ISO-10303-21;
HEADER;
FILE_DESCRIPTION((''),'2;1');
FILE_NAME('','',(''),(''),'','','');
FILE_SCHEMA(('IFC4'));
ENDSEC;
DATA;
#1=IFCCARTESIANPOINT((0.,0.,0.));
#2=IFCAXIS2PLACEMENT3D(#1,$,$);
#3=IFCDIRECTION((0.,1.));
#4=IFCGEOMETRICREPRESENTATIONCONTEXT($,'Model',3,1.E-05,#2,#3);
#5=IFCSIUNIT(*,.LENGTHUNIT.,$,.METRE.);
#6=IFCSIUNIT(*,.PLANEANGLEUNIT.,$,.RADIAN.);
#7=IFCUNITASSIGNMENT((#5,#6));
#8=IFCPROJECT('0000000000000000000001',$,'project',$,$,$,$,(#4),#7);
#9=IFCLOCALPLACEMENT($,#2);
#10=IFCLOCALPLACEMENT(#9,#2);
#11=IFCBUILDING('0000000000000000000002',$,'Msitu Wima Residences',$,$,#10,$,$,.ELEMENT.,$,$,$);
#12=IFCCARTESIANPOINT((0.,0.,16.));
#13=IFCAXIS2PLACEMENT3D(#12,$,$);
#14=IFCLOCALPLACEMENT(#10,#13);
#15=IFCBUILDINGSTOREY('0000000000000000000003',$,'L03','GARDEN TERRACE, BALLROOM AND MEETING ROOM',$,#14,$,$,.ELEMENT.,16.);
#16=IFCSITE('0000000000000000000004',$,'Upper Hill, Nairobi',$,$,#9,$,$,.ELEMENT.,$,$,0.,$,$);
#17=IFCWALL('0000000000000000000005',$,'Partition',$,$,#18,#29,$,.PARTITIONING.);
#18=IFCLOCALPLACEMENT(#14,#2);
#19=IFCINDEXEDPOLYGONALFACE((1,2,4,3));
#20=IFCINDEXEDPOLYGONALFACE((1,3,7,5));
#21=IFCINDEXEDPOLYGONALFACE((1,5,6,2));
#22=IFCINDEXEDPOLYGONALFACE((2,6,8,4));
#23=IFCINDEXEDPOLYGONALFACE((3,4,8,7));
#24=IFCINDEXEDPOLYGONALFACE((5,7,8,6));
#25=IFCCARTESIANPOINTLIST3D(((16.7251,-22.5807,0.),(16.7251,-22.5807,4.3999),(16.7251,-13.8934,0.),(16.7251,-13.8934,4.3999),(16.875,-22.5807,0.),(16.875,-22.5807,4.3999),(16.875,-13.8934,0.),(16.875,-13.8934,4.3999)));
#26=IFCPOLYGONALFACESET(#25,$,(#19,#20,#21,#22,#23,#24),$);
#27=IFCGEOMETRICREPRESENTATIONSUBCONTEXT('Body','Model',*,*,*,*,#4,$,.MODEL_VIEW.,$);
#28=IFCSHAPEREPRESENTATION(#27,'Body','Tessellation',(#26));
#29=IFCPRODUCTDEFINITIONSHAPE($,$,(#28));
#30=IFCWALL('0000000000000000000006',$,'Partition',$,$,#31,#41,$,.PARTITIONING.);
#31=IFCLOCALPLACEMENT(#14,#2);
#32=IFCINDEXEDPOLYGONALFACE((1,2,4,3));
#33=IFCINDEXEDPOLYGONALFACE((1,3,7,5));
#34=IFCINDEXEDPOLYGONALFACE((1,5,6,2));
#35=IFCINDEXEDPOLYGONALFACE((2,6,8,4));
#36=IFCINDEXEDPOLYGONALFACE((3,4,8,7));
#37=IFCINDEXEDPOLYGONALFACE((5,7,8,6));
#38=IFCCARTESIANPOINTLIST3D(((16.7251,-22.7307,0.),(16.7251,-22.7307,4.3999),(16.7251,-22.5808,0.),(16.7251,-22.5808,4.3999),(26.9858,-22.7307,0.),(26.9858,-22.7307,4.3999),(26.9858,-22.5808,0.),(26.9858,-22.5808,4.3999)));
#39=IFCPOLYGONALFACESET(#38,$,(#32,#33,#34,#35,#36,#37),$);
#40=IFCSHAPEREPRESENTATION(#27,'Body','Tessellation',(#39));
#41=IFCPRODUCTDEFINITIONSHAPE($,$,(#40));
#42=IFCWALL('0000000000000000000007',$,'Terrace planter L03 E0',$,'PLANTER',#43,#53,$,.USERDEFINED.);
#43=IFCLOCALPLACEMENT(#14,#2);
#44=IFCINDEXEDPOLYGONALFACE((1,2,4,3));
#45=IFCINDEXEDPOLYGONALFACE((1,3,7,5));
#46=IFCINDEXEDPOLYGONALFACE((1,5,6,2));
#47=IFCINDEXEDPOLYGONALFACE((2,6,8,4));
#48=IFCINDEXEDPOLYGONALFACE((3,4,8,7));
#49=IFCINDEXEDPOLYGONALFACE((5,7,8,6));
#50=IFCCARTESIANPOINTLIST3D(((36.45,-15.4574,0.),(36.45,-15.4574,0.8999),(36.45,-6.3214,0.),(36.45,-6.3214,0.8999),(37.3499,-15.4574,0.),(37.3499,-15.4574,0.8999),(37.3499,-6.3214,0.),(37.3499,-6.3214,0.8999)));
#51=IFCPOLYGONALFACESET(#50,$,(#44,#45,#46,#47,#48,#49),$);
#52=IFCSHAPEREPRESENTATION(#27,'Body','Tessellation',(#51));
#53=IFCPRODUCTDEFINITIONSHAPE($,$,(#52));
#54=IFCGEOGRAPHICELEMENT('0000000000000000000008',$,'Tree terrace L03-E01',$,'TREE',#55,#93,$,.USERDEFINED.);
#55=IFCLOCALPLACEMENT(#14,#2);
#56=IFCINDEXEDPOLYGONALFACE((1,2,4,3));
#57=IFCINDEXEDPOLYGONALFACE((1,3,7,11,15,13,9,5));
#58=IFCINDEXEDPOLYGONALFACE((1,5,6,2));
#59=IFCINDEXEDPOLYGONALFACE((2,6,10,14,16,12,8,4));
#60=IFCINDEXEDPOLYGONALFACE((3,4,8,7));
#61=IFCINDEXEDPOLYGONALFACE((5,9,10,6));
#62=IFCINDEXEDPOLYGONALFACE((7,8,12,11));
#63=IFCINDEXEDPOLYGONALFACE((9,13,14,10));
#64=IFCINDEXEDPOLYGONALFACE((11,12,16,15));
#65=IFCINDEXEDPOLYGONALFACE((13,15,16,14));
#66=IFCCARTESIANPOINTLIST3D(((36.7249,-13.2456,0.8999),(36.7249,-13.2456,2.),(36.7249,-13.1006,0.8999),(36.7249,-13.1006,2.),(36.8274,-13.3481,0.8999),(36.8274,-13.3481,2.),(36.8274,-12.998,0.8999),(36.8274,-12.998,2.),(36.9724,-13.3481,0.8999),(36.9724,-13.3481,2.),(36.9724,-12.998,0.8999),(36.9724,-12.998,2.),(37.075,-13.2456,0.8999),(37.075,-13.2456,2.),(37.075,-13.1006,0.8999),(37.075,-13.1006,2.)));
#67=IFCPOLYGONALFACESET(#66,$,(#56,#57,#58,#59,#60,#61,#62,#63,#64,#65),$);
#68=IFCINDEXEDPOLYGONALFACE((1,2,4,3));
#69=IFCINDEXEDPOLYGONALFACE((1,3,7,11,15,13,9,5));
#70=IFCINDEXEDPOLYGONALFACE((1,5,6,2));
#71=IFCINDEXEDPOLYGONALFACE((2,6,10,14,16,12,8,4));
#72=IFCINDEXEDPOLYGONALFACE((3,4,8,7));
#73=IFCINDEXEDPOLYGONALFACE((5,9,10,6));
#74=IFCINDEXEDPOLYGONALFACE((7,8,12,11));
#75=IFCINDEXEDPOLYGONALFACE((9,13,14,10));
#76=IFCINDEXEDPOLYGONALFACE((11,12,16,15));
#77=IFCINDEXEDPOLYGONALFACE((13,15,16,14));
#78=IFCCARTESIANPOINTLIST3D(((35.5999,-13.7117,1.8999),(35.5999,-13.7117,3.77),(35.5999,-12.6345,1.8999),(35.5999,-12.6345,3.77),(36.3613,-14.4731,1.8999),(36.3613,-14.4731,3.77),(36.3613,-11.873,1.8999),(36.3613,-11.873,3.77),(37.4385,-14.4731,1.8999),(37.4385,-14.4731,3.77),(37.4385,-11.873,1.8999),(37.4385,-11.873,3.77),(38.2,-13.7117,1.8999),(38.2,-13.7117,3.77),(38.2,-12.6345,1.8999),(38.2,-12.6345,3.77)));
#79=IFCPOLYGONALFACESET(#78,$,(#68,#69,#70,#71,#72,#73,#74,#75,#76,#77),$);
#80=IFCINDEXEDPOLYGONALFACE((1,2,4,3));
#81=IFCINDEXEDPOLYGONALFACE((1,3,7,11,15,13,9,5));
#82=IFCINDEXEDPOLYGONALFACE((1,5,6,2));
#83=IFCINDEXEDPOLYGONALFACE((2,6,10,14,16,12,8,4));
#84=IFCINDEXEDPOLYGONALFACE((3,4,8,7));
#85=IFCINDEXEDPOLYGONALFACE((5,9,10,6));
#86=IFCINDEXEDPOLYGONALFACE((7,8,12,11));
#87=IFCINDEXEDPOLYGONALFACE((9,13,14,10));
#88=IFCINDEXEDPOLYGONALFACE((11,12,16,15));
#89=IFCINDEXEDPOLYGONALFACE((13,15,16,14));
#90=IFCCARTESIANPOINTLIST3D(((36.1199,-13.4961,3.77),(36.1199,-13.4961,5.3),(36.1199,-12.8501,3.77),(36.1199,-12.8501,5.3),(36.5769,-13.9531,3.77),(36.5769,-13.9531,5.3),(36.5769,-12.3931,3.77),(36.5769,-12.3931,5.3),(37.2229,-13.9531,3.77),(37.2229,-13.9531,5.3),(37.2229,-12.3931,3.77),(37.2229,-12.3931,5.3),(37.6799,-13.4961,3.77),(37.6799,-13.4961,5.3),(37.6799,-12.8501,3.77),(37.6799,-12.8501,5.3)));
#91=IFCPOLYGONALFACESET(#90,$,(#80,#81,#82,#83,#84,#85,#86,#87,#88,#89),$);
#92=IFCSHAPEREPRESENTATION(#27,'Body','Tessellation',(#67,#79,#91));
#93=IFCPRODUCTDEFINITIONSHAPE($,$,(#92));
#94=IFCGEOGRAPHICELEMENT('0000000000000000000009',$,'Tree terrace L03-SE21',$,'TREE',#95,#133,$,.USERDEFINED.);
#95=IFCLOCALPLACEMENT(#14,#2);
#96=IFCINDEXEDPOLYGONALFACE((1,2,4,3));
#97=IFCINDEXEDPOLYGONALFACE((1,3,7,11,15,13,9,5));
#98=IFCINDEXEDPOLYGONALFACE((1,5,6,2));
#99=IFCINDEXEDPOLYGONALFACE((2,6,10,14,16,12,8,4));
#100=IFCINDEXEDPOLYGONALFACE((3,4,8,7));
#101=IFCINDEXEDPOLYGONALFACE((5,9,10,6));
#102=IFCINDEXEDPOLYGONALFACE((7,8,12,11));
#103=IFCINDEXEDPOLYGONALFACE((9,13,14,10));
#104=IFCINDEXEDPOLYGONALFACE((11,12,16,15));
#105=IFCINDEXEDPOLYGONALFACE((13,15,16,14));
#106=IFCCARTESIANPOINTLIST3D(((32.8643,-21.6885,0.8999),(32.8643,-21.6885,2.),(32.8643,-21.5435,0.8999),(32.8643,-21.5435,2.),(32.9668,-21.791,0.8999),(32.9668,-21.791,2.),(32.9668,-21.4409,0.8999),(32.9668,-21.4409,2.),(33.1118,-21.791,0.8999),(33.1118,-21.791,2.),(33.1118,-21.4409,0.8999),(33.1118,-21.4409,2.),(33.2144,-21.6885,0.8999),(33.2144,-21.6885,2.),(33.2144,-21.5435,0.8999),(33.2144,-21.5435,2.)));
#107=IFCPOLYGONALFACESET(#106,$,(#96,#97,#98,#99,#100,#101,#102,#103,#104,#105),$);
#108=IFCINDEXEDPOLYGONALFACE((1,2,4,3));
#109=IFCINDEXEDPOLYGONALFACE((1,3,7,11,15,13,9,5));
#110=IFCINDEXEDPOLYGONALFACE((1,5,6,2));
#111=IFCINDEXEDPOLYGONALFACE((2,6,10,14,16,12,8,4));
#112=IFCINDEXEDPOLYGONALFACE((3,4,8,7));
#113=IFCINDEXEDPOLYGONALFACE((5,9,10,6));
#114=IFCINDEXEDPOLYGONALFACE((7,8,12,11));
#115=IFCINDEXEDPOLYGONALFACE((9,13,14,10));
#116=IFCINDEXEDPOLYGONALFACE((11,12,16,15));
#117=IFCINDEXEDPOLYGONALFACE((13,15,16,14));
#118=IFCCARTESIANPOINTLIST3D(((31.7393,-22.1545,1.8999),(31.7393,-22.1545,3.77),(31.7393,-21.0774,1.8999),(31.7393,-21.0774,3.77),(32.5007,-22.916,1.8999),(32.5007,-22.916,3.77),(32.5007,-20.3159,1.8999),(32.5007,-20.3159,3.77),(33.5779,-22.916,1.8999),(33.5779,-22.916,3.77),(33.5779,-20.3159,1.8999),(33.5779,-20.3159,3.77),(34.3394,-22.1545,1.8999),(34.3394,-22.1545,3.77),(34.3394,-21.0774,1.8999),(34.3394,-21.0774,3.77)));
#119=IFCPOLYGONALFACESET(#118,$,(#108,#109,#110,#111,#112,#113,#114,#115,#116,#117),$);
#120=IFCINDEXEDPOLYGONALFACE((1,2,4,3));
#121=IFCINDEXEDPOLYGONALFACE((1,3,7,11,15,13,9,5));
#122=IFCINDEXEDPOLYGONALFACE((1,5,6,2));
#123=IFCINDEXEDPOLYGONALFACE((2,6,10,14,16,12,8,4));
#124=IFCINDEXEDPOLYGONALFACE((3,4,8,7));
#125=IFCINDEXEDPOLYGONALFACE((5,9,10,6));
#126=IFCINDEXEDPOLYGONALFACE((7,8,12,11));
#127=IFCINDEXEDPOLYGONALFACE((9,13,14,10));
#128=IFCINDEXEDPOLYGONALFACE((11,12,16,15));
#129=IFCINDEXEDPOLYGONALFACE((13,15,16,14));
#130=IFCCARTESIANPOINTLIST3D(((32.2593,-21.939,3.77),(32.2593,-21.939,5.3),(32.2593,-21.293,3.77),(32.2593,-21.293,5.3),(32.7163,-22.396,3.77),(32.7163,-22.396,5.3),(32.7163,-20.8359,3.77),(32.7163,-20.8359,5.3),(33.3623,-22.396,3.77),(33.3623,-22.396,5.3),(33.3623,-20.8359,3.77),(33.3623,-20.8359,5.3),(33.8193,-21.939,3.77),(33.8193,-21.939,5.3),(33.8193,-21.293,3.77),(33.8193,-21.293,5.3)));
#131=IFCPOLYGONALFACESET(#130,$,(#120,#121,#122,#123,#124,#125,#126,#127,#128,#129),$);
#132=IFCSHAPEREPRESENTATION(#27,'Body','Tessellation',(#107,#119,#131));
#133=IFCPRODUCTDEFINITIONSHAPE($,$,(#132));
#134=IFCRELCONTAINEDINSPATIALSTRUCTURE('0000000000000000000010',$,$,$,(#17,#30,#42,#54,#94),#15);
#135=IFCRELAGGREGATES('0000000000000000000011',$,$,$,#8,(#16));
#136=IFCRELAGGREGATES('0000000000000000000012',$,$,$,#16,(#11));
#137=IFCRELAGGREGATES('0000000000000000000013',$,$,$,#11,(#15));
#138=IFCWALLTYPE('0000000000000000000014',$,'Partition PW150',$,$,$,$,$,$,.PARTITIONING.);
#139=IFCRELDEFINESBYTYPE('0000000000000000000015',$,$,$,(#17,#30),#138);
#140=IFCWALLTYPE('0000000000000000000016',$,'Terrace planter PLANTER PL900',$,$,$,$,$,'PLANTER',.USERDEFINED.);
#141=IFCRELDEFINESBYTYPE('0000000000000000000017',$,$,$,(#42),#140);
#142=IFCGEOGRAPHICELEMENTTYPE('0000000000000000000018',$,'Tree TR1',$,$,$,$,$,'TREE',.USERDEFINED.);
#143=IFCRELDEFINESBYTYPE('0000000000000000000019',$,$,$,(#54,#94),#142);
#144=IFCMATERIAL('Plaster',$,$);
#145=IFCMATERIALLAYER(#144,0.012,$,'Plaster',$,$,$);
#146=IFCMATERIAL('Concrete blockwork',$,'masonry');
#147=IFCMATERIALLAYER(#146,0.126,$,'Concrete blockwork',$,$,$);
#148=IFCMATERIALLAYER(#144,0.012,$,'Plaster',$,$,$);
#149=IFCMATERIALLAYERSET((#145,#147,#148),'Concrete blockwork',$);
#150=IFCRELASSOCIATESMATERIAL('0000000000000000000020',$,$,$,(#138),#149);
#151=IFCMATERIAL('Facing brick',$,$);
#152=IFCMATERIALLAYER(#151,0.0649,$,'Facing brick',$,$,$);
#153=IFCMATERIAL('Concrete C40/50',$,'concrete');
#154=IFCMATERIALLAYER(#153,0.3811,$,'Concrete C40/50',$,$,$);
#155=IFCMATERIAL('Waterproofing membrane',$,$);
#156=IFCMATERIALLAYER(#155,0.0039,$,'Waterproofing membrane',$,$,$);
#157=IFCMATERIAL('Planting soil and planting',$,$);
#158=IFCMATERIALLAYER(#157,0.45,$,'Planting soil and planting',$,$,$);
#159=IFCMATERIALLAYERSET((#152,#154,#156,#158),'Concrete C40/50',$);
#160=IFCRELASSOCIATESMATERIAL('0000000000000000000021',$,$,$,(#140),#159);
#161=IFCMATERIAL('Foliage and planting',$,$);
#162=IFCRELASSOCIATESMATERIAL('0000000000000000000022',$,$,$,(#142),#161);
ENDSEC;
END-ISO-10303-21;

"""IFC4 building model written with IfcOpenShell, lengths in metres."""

from ifc_helpers import new_model, si_unit, direction, frame, frame_2d, origin, place, context, subcontext, project, spatial, polyline, rectangle, outline, extrude, material, layer, layer_set, type_object, element, save


model = new_model("IFC4")

# Units and contexts
model_context = context("Model", 3, precision=1e-05, world=origin(), true_north=direction((0.0, 1.0)))
body_context = subcontext(model_context, "Body", "Model", "MODEL_VIEW")
ifc_project = project(units=[si_unit("LENGTHUNIT", "METRE"), si_unit("PLANEANGLEUNIT", "RADIAN")], contexts=[model_context])

# Site, building, storey
site_placement = place(None, origin())
site = spatial("IfcSite", under=ifc_project, at=site_placement, Name="Upper Hill, Nairobi", CompositionType="ELEMENT", RefElevation=0.0)
building_placement = place(site_placement, origin())
building = spatial("IfcBuilding", under=site, at=building_placement, Name="Msitu Wima Residences", CompositionType="ELEMENT")
storey_placement = place(building_placement, frame((0.0, 0.0, 16.0)))
storey = spatial("IfcBuildingStorey", under=building, at=storey_placement, Name="L03", Description="GARDEN TERRACE, BALLROOM AND MEETING ROOM", CompositionType="ELEMENT", Elevation=16.0)

# Walls
ifc_material_1 = material(Name="Plaster")
ifc_material_2 = material(Name="Concrete blockwork", Category="masonry")
ifc_layer_1 = layer(ifc_material_1, 0.012, Name="Plaster")
ifc_layer_2 = layer(ifc_material_2, 0.126, Name="Concrete blockwork")
ifc_layer_3 = layer(ifc_material_1, 0.012, Name="Plaster")
ifc_layer_set_1 = layer_set([ifc_layer_1, ifc_layer_2, ifc_layer_3], Name="Concrete blockwork")
wall_type_1 = type_object("IfcWallType", Name="Partition PW150", PredefinedType="PARTITIONING", material=ifc_layer_set_1)
wall_1_placement = place(storey_placement, frame((16.8, -22.5808, 0.0), z_axis=(0.0, 0.0, 1.0), x_axis=(0.0, 1.0, 0.0)))
element("IfcWall", 1, at=wall_1_placement, inside=storey, type_object=wall_type_1, Name="Partition", PredefinedType="PARTITIONING", context=body_context, shape_type="SweptSolid", body=[
    extrude(rectangle(XDim=8.6873, YDim=0.1499, at=frame_2d((4.3438, 0.0))), origin(), (0.0, 0.0, 1.0), 4.3999),
])
wall_2_placement = place(storey_placement, frame((16.7251, -22.6558, 0.0), z_axis=(0.0, 0.0, 1.0), x_axis=(1.0, 0.0, 0.0)))
element("IfcWall", 2, at=wall_2_placement, inside=storey, type_object=wall_type_1, Name="Partition", PredefinedType="PARTITIONING", context=body_context, shape_type="SweptSolid", body=[
    extrude(rectangle(XDim=10.2607, YDim=0.1499, at=frame_2d((5.1304, 0.0))), origin(), (0.0, 0.0, 1.0), 4.3999),
])
ifc_material_3 = material(Name="Facing brick")
ifc_layer_4 = layer(ifc_material_3, 0.0649, Name="Facing brick")
ifc_material_4 = material(Name="Concrete C40/50", Category="concrete")
ifc_layer_5 = layer(ifc_material_4, 0.3811, Name="Concrete C40/50")
ifc_material_5 = material(Name="Waterproofing membrane")
ifc_layer_6 = layer(ifc_material_5, 0.0039, Name="Waterproofing membrane")
ifc_material_6 = material(Name="Planting soil and planting")
ifc_layer_7 = layer(ifc_material_6, 0.45, Name="Planting soil and planting")
ifc_layer_set_2 = layer_set([ifc_layer_4, ifc_layer_5, ifc_layer_6, ifc_layer_7], Name="Concrete C40/50")
wall_type_2 = type_object("IfcWallType", Name="Terrace planter PLANTER PL900", ElementType="PLANTER", PredefinedType="USERDEFINED", material=ifc_layer_set_2)
wall_3_placement = place(storey_placement, frame((36.8999, -15.4573, 0.0), z_axis=(0.0, 0.0, 1.0), x_axis=(0.0, 1.0, 0.0)))
element("IfcWall", 3, at=wall_3_placement, inside=storey, type_object=wall_type_2, Name="Terrace planter L03 E0", ObjectType="PLANTER", PredefinedType="USERDEFINED", context=body_context, shape_type="SweptSolid", body=[
    extrude(rectangle(XDim=9.136, YDim=0.8999, at=frame_2d((4.5679, 0.0))), origin(), (0.0, 0.0, 1.0), 0.8999),
])

# Geographic elements
ifc_material_7 = material(Name="Foliage and planting")
geographic_element_type = type_object("IfcGeographicElementType", Name="Tree TR1", ElementType="TREE", PredefinedType="USERDEFINED", material=ifc_material_7)
for number, where, z_axis, x_axis, name in (
    (4, (36.8999, -13.1731, 0.8999), (0.0, 0.0, 1.0), (1.0, 0.0, 0.0), "Tree terrace L03-E01"),
    (5, (33.0393, -21.616, 0.8999), (0.0, 0.0, 1.0), (1.0, 0.0, 0.0), "Tree terrace L03-SE21"),
):
    element("IfcGeographicElement", number, at=place(storey_placement, frame(where, z_axis=z_axis, x_axis=x_axis)), inside=storey, type_object=geographic_element_type, Name=name, ObjectType="TREE", PredefinedType="USERDEFINED", context=body_context, shape_type="SweptSolid", body=[
        extrude(outline(polyline([(0.175, 0.0725), (0.0725, 0.175), (-0.0725, 0.175), (-0.175, 0.0725), (-0.175, -0.0725), (-0.0725, -0.175), (0.0725, -0.175), (0.175, -0.0725), (0.175, 0.0725)])), origin(), (0.0, 0.0, 1.0), 1.1001),
        extrude(outline(polyline([(1.3, 0.5386), (0.5386, 1.3), (-0.5386, 1.3), (-1.3, 0.5386), (-1.3, -0.5386), (-0.5386, -1.3), (0.5386, -1.3), (1.3, -0.5386), (1.3, 0.5386)])), frame((0.0, 0.0, 1.0)), (0.0, 0.0, 1.0), 1.8701),
        extrude(outline(polyline([(0.78, 0.323), (0.323, 0.78), (-0.323, 0.78), (-0.78, 0.323), (-0.78, -0.323), (-0.323, -0.78), (0.323, -0.78), (0.78, -0.323), (0.78, 0.323)])), frame((0.0, 0.0, 2.8701)), (0.0, 0.0, 1.0), 1.53),
    ])

save(model, "model.ifc")
